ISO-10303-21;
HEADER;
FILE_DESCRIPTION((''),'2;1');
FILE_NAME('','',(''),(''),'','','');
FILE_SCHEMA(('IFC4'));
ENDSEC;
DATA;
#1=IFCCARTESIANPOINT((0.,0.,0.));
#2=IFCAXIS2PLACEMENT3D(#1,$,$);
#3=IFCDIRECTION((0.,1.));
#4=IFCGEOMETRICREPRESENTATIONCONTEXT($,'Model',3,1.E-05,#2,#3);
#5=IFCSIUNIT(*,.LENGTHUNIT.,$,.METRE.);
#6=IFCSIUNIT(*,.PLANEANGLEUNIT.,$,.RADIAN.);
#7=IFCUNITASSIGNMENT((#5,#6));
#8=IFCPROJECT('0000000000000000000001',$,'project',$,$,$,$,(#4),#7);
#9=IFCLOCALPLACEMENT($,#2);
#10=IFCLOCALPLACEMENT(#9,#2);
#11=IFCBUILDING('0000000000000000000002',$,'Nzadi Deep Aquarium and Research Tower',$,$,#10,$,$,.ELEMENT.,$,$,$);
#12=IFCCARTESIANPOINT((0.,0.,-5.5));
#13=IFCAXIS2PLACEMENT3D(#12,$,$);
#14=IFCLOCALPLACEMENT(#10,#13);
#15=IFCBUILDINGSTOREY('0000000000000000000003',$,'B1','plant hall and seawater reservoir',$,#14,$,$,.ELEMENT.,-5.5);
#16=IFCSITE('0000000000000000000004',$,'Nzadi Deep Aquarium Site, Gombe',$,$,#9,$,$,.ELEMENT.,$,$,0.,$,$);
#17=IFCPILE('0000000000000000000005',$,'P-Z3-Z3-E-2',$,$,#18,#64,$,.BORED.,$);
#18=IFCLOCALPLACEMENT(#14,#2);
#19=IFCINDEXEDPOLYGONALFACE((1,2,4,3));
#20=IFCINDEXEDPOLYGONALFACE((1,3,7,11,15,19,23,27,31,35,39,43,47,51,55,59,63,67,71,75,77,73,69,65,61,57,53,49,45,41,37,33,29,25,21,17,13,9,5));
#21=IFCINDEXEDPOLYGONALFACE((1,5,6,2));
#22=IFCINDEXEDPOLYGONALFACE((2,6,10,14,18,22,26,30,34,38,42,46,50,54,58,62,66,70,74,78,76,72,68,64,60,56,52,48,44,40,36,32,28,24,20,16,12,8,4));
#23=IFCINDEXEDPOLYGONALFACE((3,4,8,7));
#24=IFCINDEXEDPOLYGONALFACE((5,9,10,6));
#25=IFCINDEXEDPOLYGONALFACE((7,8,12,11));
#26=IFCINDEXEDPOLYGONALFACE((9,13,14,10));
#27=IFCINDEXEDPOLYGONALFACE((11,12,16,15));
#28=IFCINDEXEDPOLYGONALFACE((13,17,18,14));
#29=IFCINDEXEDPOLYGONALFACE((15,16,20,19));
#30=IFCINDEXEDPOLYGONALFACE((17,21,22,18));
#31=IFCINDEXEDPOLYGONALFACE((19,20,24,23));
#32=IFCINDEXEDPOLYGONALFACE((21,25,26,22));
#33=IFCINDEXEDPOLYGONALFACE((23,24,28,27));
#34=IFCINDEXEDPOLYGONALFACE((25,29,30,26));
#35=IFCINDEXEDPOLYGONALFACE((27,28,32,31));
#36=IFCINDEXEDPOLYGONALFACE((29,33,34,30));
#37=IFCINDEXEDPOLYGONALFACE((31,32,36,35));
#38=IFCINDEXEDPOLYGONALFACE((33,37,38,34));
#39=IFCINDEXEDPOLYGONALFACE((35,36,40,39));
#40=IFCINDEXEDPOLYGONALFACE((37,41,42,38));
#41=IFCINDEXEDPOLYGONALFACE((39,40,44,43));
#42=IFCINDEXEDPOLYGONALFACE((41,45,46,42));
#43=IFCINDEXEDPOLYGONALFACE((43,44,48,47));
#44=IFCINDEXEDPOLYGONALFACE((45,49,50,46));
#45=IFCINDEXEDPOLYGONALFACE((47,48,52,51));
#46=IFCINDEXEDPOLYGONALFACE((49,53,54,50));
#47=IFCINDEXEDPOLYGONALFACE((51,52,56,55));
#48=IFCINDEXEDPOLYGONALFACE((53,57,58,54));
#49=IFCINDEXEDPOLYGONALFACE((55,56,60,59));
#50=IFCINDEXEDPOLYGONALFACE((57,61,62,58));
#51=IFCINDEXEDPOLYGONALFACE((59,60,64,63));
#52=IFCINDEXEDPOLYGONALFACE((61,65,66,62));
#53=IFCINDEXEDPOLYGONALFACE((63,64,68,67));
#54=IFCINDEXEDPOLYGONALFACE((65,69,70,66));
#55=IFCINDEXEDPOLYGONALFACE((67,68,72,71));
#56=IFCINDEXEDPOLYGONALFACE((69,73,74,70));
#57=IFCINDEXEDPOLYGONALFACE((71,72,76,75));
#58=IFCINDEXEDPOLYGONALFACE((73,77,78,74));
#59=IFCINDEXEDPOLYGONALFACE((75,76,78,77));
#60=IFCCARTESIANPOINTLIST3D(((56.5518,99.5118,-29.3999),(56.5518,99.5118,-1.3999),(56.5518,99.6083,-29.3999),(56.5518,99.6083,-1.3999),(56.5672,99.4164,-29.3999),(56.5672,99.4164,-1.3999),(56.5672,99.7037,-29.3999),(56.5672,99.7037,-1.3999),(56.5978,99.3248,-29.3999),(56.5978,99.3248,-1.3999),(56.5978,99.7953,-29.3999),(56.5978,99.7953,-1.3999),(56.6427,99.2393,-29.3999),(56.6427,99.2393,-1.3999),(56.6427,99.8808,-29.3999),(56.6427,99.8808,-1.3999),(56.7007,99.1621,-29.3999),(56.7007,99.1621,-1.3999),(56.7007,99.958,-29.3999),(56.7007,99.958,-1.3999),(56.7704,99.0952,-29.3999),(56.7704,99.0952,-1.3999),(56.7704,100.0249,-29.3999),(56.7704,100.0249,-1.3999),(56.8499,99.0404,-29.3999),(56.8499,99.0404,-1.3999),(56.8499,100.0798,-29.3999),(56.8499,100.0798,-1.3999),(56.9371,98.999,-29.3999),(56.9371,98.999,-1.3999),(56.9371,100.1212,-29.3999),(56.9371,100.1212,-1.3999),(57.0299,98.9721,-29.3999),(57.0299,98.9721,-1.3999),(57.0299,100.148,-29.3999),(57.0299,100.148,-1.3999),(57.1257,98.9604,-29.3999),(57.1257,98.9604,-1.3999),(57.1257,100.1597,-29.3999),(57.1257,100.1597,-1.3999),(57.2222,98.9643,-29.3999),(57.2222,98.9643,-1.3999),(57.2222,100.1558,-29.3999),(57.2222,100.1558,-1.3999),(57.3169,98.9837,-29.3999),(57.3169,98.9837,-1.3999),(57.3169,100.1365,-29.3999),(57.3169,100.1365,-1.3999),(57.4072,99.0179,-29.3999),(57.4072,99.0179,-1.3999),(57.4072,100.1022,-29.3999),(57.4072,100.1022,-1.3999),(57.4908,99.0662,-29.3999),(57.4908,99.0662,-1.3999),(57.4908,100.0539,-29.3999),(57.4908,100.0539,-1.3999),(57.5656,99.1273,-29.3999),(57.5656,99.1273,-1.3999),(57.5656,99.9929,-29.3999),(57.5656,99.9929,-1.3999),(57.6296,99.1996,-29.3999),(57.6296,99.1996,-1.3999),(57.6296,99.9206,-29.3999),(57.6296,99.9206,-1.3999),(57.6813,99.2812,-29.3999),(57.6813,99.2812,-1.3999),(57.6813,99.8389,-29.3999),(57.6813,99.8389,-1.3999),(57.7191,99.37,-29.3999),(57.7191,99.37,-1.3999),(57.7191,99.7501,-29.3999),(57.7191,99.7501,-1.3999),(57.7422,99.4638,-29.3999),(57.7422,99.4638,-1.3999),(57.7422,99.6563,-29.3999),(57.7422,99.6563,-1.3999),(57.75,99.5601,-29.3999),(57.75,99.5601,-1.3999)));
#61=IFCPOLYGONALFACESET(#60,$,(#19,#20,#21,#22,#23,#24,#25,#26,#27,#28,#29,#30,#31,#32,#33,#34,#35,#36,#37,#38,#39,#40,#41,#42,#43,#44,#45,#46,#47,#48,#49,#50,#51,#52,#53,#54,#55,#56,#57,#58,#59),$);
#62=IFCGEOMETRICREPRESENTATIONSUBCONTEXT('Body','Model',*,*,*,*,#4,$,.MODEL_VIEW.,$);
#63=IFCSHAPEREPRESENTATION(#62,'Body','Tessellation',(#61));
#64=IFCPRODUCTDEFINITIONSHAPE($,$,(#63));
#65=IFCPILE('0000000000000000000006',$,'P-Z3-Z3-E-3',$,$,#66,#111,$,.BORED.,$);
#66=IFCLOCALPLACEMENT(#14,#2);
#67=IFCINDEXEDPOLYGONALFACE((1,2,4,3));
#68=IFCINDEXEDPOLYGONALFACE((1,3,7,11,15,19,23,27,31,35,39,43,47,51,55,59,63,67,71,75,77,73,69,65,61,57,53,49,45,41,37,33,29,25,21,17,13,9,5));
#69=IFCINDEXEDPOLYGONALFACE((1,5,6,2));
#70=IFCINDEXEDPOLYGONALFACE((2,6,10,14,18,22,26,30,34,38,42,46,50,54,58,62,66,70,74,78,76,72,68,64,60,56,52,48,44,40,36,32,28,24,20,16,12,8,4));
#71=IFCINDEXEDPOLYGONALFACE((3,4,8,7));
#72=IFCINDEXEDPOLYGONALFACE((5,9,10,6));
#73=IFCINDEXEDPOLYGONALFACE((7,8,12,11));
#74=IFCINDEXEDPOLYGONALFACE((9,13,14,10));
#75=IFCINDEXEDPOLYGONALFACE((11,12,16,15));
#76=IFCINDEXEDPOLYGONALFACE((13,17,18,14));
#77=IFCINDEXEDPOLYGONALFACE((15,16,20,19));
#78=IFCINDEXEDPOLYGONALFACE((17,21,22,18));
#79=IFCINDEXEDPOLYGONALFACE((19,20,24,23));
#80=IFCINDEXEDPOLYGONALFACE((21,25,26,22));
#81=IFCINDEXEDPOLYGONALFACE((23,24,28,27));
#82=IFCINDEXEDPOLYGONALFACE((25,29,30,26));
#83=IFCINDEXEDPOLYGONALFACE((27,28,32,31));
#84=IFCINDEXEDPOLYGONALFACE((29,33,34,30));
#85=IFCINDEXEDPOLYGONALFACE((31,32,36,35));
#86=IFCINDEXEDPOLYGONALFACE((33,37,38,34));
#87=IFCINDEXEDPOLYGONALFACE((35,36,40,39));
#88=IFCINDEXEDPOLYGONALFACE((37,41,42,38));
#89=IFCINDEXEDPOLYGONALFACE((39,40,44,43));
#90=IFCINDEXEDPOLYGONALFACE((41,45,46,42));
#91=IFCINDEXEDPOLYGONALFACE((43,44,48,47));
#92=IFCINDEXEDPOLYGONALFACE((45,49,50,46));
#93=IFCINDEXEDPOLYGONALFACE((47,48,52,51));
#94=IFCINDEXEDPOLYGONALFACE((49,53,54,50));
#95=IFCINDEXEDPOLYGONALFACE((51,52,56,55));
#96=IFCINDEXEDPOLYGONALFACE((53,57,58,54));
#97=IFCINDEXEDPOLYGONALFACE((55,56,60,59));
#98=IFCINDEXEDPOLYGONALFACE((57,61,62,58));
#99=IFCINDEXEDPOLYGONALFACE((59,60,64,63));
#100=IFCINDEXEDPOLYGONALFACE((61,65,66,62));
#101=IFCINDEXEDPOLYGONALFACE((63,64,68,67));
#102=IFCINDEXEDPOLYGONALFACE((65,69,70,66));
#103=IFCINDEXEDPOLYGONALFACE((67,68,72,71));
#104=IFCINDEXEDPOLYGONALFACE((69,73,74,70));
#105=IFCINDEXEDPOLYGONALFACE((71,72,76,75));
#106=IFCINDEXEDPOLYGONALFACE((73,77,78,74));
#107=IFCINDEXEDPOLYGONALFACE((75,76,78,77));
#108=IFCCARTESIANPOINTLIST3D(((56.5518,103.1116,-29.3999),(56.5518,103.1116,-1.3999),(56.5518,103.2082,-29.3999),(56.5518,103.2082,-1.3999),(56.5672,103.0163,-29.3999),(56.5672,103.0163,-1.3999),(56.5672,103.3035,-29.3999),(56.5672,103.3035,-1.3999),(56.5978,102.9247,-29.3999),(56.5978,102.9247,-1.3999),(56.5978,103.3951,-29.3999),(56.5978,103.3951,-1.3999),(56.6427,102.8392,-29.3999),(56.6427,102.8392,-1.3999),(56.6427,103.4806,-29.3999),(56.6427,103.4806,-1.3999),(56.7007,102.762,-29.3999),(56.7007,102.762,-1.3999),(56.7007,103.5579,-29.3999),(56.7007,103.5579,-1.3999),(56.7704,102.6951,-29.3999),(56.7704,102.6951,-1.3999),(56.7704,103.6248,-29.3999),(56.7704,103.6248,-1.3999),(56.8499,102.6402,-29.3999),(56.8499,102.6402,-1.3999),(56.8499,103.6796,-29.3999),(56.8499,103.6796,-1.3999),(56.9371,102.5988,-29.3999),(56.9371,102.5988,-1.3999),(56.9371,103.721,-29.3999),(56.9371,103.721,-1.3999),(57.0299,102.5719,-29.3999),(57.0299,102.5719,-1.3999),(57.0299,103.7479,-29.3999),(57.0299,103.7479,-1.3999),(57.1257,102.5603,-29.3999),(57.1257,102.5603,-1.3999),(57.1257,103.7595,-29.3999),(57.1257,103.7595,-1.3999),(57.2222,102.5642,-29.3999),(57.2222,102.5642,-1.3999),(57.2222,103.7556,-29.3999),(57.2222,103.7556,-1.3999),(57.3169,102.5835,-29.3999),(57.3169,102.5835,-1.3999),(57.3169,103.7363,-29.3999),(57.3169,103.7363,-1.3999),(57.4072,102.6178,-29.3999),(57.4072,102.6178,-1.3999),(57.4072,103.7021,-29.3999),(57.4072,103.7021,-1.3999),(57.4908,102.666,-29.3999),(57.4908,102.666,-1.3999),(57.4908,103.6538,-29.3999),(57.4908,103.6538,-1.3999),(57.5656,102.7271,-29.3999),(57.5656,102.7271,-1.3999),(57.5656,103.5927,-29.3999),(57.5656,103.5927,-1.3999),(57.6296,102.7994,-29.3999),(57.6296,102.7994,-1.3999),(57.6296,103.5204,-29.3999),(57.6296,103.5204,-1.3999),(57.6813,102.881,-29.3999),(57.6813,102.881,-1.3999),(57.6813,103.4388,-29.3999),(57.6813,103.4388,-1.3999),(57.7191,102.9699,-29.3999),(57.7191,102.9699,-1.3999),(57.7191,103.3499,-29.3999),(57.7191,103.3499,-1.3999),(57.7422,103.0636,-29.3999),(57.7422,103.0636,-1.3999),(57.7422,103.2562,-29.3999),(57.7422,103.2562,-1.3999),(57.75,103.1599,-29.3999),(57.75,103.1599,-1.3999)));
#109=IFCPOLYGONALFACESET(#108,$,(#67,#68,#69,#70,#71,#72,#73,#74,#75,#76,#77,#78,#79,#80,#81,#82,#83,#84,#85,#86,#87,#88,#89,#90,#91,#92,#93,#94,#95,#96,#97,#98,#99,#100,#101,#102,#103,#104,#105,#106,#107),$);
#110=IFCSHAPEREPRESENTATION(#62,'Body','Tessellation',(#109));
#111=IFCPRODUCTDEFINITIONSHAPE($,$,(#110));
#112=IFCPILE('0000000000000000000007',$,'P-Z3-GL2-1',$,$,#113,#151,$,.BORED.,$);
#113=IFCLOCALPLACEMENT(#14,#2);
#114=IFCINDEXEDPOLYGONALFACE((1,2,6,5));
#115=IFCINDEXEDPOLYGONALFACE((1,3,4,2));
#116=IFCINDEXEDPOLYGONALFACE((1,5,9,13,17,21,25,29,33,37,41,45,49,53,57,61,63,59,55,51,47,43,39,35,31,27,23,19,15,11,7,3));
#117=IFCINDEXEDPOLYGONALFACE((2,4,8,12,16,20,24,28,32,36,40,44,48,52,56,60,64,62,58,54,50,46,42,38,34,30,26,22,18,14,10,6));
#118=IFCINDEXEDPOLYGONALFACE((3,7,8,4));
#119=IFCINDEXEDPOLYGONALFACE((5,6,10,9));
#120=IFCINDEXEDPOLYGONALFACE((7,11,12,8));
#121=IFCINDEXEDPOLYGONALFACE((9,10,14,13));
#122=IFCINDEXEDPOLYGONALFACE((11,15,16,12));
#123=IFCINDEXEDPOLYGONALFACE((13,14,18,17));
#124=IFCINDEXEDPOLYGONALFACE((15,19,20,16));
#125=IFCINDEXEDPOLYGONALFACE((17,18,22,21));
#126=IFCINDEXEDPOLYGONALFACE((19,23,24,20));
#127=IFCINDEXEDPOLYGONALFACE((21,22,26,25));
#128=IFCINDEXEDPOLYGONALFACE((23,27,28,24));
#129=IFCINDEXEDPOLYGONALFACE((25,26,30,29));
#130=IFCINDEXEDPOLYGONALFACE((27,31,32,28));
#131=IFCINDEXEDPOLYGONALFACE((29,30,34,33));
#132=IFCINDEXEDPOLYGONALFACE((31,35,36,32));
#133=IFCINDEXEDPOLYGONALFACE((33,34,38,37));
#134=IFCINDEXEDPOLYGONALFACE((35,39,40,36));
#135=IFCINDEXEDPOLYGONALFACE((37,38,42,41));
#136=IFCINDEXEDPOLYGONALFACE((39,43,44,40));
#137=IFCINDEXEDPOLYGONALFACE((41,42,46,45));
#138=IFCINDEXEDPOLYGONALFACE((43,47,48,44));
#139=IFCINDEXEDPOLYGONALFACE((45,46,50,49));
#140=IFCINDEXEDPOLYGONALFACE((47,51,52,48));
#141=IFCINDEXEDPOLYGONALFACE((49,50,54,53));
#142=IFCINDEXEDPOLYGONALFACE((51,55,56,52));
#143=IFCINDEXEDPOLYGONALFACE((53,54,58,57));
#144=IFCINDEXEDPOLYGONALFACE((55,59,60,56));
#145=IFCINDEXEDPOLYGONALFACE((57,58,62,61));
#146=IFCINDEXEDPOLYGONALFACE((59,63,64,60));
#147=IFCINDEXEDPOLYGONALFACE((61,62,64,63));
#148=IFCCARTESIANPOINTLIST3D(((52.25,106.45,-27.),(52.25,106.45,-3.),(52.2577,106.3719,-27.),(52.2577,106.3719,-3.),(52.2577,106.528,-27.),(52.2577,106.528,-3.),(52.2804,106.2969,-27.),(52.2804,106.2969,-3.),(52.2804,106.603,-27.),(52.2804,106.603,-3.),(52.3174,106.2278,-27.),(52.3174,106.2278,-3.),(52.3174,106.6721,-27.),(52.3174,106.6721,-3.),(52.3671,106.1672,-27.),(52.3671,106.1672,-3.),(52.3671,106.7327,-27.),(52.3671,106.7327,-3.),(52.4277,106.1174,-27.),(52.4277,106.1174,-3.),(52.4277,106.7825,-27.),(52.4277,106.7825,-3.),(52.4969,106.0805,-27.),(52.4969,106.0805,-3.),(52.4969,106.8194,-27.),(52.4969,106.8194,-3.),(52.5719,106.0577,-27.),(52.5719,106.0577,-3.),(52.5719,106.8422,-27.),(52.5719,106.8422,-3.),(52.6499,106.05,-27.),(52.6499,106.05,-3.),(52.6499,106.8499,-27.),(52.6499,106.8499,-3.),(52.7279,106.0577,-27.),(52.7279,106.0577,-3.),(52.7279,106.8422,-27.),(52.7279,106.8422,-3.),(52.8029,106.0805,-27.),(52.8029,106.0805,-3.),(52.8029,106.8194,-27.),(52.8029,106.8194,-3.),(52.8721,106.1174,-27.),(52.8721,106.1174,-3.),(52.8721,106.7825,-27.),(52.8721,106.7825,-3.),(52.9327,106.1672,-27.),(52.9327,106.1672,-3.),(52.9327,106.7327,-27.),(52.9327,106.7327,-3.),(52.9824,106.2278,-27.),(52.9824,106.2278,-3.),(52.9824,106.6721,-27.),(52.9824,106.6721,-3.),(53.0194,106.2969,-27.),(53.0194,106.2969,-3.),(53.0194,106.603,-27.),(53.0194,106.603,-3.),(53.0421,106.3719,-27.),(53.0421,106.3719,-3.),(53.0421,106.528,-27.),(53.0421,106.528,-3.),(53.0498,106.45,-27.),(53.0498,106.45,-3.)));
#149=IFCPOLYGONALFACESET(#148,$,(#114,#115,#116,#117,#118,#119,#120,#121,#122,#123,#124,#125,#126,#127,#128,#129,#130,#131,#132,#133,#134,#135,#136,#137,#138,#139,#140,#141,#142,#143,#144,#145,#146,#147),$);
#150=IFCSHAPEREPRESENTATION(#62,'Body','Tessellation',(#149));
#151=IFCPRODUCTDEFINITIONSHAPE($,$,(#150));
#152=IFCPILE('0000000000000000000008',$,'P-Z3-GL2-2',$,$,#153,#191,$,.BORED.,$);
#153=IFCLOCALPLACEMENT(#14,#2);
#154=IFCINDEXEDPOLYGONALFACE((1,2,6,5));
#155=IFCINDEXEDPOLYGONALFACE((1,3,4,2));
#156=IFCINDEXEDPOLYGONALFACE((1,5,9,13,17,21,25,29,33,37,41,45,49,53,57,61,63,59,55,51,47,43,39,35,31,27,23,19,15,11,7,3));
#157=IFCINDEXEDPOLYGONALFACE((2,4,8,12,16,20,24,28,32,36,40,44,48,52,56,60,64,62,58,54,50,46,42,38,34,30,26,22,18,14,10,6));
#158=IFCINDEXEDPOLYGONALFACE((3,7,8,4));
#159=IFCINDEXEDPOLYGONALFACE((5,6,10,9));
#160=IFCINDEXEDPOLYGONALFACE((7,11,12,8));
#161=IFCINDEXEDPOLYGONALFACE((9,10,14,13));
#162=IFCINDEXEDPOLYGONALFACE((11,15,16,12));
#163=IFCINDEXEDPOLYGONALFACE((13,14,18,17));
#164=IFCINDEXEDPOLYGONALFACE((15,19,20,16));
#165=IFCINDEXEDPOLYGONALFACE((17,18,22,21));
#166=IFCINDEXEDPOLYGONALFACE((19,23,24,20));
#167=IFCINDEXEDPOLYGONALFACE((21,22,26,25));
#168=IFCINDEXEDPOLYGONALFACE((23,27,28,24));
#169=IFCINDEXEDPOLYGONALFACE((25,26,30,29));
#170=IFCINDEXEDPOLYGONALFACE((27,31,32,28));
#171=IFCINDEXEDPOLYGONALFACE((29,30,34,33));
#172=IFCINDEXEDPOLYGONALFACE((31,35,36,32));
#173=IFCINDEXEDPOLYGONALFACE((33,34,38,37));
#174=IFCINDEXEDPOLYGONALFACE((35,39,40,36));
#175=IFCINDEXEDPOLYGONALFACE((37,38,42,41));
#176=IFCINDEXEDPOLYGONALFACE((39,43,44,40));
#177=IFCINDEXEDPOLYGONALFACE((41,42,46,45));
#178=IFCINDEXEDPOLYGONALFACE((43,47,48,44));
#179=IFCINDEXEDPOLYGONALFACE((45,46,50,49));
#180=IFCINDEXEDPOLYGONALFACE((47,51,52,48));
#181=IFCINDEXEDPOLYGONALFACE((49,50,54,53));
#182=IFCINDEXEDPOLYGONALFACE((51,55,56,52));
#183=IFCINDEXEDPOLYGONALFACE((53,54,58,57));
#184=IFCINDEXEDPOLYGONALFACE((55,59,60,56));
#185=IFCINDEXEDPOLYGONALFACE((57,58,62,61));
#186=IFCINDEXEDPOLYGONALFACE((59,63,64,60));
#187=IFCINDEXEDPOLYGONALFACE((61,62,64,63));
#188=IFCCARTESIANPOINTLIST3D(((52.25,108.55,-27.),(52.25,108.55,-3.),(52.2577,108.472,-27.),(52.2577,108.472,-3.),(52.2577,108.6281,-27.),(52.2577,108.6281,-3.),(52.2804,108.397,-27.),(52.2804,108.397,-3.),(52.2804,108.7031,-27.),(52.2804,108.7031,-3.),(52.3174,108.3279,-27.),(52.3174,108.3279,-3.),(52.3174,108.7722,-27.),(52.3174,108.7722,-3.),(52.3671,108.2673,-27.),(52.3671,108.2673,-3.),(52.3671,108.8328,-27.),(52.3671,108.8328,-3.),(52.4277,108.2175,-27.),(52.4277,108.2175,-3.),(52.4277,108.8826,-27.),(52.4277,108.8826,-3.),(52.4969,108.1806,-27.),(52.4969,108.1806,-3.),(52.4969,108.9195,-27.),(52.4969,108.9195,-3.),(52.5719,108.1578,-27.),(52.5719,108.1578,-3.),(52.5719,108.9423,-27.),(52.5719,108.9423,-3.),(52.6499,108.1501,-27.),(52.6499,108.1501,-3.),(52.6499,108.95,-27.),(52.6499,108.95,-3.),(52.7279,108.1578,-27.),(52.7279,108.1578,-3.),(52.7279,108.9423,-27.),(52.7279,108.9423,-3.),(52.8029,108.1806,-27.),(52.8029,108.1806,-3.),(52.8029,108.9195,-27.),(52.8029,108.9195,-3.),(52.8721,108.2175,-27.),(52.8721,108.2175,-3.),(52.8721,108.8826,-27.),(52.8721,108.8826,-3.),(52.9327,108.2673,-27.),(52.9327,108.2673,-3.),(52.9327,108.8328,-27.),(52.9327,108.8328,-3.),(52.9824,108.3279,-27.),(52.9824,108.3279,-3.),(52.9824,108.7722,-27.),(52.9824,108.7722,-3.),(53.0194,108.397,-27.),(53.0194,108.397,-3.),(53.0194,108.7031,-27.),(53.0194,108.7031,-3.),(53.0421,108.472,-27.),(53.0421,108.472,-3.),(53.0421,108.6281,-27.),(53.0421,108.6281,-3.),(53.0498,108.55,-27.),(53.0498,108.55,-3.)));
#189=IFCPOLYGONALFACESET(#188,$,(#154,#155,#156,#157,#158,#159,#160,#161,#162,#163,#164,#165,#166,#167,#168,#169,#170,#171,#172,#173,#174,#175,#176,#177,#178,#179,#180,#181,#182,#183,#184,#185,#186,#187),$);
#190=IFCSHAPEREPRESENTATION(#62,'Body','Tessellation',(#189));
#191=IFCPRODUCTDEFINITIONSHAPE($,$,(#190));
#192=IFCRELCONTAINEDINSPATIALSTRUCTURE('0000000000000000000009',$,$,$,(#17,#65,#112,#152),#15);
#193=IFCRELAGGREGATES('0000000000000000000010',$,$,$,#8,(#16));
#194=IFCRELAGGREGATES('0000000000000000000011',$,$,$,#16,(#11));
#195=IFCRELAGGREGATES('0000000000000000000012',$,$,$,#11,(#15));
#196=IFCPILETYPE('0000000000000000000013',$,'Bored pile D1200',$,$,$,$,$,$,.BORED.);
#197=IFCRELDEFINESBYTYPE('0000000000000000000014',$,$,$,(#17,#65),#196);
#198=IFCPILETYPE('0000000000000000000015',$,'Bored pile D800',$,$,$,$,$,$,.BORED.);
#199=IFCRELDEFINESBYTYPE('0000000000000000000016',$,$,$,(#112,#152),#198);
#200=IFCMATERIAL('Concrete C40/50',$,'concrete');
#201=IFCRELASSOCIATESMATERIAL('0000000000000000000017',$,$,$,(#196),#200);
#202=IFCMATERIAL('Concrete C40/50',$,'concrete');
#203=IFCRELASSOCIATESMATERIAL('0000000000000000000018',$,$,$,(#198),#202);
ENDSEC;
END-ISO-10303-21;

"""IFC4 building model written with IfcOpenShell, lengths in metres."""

from ifc_helpers import new_model, si_unit, direction, frame, origin, origin_2d, place, context, subcontext, project, spatial, circle, extrude, material, material_profile, profile_set, type_object, element, save


model = new_model("IFC4")

# Units and contexts
model_context = context("Model", 3, precision=1e-05, world=origin(), true_north=direction((0.0, 1.0)))
body_context = subcontext(model_context, "Body", "Model", "MODEL_VIEW")
ifc_project = project(units=[si_unit("LENGTHUNIT", "METRE"), si_unit("PLANEANGLEUNIT", "RADIAN")], contexts=[model_context])

# Site, building, storey
site_placement = place(None, origin())
site = spatial("IfcSite", under=ifc_project, at=site_placement, Name="Nzadi Deep Aquarium Site, Gombe", CompositionType="ELEMENT", RefElevation=0.0)
building_placement = place(site_placement, origin())
building = spatial("IfcBuilding", under=site, at=building_placement, Name="Nzadi Deep Aquarium and Research Tower", CompositionType="ELEMENT")
storey_placement = place(building_placement, frame((0.0, 0.0, -5.5)))
storey = spatial("IfcBuildingStorey", under=building, at=storey_placement, Name="B1", Description="plant hall and seawater reservoir", CompositionType="ELEMENT", Elevation=-5.5)

# Piles
ifc_material_1 = material(Name="Concrete C40/50", Category="concrete")
ifc_material_profile_1 = material_profile(ifc_material_1, circle(Radius=0.6001, at=origin_2d()))
ifc_profile_set_1 = profile_set([ifc_material_profile_1], Name="Concrete C40/50")
pile_type_1 = type_object("IfcPileType", Name="Bored pile D1200", PredefinedType="BORED", material=ifc_profile_set_1)
for number, where, z_axis, x_axis, name in (
    (1, (57.1499, 99.5601, -1.3999), (0.0, 0.0, -1.0), (1.0, 0.0, 0.0), "P-Z3-Z3-E-2"),
    (2, (57.1499, 103.1599, -1.3999), (0.0, 0.0, -1.0), (1.0, 0.0, 0.0), "P-Z3-Z3-E-3"),
):
    element("IfcPile", number, at=place(storey_placement, frame(where, z_axis=z_axis, x_axis=x_axis)), inside=storey, type_object=pile_type_1, Name=name, PredefinedType="BORED", context=body_context, shape_type="SweptSolid", body=[
        extrude(circle(Radius=0.6001, at=origin_2d()), origin(), (0.0, 0.0, 1.0), 28.0),
    ])
ifc_material_2 = material(Name="Concrete C40/50", Category="concrete")
ifc_material_profile_2 = material_profile(ifc_material_2, circle(Radius=0.3999, at=origin_2d()))
ifc_profile_set_2 = profile_set([ifc_material_profile_2], Name="Concrete C40/50")
pile_type_2 = type_object("IfcPileType", Name="Bored pile D800", PredefinedType="BORED", material=ifc_profile_set_2)
for number, where, z_axis, x_axis, name in (
    (3, (52.6499, 106.45, -3.0), (0.0, 0.0, -1.0), (1.0, 0.0, 0.0), "P-Z3-GL2-1"),
    (4, (52.6499, 108.55, -3.0), (0.0, 0.0, -1.0), (1.0, 0.0, 0.0), "P-Z3-GL2-2"),
):
    element("IfcPile", number, at=place(storey_placement, frame(where, z_axis=z_axis, x_axis=x_axis)), inside=storey, type_object=pile_type_2, Name=name, PredefinedType="BORED", context=body_context, shape_type="SweptSolid", body=[
        extrude(circle(Radius=0.3999, at=origin_2d()), origin(), (0.0, 0.0, 1.0), 24.0),
    ])

save(model, "model.ifc")
